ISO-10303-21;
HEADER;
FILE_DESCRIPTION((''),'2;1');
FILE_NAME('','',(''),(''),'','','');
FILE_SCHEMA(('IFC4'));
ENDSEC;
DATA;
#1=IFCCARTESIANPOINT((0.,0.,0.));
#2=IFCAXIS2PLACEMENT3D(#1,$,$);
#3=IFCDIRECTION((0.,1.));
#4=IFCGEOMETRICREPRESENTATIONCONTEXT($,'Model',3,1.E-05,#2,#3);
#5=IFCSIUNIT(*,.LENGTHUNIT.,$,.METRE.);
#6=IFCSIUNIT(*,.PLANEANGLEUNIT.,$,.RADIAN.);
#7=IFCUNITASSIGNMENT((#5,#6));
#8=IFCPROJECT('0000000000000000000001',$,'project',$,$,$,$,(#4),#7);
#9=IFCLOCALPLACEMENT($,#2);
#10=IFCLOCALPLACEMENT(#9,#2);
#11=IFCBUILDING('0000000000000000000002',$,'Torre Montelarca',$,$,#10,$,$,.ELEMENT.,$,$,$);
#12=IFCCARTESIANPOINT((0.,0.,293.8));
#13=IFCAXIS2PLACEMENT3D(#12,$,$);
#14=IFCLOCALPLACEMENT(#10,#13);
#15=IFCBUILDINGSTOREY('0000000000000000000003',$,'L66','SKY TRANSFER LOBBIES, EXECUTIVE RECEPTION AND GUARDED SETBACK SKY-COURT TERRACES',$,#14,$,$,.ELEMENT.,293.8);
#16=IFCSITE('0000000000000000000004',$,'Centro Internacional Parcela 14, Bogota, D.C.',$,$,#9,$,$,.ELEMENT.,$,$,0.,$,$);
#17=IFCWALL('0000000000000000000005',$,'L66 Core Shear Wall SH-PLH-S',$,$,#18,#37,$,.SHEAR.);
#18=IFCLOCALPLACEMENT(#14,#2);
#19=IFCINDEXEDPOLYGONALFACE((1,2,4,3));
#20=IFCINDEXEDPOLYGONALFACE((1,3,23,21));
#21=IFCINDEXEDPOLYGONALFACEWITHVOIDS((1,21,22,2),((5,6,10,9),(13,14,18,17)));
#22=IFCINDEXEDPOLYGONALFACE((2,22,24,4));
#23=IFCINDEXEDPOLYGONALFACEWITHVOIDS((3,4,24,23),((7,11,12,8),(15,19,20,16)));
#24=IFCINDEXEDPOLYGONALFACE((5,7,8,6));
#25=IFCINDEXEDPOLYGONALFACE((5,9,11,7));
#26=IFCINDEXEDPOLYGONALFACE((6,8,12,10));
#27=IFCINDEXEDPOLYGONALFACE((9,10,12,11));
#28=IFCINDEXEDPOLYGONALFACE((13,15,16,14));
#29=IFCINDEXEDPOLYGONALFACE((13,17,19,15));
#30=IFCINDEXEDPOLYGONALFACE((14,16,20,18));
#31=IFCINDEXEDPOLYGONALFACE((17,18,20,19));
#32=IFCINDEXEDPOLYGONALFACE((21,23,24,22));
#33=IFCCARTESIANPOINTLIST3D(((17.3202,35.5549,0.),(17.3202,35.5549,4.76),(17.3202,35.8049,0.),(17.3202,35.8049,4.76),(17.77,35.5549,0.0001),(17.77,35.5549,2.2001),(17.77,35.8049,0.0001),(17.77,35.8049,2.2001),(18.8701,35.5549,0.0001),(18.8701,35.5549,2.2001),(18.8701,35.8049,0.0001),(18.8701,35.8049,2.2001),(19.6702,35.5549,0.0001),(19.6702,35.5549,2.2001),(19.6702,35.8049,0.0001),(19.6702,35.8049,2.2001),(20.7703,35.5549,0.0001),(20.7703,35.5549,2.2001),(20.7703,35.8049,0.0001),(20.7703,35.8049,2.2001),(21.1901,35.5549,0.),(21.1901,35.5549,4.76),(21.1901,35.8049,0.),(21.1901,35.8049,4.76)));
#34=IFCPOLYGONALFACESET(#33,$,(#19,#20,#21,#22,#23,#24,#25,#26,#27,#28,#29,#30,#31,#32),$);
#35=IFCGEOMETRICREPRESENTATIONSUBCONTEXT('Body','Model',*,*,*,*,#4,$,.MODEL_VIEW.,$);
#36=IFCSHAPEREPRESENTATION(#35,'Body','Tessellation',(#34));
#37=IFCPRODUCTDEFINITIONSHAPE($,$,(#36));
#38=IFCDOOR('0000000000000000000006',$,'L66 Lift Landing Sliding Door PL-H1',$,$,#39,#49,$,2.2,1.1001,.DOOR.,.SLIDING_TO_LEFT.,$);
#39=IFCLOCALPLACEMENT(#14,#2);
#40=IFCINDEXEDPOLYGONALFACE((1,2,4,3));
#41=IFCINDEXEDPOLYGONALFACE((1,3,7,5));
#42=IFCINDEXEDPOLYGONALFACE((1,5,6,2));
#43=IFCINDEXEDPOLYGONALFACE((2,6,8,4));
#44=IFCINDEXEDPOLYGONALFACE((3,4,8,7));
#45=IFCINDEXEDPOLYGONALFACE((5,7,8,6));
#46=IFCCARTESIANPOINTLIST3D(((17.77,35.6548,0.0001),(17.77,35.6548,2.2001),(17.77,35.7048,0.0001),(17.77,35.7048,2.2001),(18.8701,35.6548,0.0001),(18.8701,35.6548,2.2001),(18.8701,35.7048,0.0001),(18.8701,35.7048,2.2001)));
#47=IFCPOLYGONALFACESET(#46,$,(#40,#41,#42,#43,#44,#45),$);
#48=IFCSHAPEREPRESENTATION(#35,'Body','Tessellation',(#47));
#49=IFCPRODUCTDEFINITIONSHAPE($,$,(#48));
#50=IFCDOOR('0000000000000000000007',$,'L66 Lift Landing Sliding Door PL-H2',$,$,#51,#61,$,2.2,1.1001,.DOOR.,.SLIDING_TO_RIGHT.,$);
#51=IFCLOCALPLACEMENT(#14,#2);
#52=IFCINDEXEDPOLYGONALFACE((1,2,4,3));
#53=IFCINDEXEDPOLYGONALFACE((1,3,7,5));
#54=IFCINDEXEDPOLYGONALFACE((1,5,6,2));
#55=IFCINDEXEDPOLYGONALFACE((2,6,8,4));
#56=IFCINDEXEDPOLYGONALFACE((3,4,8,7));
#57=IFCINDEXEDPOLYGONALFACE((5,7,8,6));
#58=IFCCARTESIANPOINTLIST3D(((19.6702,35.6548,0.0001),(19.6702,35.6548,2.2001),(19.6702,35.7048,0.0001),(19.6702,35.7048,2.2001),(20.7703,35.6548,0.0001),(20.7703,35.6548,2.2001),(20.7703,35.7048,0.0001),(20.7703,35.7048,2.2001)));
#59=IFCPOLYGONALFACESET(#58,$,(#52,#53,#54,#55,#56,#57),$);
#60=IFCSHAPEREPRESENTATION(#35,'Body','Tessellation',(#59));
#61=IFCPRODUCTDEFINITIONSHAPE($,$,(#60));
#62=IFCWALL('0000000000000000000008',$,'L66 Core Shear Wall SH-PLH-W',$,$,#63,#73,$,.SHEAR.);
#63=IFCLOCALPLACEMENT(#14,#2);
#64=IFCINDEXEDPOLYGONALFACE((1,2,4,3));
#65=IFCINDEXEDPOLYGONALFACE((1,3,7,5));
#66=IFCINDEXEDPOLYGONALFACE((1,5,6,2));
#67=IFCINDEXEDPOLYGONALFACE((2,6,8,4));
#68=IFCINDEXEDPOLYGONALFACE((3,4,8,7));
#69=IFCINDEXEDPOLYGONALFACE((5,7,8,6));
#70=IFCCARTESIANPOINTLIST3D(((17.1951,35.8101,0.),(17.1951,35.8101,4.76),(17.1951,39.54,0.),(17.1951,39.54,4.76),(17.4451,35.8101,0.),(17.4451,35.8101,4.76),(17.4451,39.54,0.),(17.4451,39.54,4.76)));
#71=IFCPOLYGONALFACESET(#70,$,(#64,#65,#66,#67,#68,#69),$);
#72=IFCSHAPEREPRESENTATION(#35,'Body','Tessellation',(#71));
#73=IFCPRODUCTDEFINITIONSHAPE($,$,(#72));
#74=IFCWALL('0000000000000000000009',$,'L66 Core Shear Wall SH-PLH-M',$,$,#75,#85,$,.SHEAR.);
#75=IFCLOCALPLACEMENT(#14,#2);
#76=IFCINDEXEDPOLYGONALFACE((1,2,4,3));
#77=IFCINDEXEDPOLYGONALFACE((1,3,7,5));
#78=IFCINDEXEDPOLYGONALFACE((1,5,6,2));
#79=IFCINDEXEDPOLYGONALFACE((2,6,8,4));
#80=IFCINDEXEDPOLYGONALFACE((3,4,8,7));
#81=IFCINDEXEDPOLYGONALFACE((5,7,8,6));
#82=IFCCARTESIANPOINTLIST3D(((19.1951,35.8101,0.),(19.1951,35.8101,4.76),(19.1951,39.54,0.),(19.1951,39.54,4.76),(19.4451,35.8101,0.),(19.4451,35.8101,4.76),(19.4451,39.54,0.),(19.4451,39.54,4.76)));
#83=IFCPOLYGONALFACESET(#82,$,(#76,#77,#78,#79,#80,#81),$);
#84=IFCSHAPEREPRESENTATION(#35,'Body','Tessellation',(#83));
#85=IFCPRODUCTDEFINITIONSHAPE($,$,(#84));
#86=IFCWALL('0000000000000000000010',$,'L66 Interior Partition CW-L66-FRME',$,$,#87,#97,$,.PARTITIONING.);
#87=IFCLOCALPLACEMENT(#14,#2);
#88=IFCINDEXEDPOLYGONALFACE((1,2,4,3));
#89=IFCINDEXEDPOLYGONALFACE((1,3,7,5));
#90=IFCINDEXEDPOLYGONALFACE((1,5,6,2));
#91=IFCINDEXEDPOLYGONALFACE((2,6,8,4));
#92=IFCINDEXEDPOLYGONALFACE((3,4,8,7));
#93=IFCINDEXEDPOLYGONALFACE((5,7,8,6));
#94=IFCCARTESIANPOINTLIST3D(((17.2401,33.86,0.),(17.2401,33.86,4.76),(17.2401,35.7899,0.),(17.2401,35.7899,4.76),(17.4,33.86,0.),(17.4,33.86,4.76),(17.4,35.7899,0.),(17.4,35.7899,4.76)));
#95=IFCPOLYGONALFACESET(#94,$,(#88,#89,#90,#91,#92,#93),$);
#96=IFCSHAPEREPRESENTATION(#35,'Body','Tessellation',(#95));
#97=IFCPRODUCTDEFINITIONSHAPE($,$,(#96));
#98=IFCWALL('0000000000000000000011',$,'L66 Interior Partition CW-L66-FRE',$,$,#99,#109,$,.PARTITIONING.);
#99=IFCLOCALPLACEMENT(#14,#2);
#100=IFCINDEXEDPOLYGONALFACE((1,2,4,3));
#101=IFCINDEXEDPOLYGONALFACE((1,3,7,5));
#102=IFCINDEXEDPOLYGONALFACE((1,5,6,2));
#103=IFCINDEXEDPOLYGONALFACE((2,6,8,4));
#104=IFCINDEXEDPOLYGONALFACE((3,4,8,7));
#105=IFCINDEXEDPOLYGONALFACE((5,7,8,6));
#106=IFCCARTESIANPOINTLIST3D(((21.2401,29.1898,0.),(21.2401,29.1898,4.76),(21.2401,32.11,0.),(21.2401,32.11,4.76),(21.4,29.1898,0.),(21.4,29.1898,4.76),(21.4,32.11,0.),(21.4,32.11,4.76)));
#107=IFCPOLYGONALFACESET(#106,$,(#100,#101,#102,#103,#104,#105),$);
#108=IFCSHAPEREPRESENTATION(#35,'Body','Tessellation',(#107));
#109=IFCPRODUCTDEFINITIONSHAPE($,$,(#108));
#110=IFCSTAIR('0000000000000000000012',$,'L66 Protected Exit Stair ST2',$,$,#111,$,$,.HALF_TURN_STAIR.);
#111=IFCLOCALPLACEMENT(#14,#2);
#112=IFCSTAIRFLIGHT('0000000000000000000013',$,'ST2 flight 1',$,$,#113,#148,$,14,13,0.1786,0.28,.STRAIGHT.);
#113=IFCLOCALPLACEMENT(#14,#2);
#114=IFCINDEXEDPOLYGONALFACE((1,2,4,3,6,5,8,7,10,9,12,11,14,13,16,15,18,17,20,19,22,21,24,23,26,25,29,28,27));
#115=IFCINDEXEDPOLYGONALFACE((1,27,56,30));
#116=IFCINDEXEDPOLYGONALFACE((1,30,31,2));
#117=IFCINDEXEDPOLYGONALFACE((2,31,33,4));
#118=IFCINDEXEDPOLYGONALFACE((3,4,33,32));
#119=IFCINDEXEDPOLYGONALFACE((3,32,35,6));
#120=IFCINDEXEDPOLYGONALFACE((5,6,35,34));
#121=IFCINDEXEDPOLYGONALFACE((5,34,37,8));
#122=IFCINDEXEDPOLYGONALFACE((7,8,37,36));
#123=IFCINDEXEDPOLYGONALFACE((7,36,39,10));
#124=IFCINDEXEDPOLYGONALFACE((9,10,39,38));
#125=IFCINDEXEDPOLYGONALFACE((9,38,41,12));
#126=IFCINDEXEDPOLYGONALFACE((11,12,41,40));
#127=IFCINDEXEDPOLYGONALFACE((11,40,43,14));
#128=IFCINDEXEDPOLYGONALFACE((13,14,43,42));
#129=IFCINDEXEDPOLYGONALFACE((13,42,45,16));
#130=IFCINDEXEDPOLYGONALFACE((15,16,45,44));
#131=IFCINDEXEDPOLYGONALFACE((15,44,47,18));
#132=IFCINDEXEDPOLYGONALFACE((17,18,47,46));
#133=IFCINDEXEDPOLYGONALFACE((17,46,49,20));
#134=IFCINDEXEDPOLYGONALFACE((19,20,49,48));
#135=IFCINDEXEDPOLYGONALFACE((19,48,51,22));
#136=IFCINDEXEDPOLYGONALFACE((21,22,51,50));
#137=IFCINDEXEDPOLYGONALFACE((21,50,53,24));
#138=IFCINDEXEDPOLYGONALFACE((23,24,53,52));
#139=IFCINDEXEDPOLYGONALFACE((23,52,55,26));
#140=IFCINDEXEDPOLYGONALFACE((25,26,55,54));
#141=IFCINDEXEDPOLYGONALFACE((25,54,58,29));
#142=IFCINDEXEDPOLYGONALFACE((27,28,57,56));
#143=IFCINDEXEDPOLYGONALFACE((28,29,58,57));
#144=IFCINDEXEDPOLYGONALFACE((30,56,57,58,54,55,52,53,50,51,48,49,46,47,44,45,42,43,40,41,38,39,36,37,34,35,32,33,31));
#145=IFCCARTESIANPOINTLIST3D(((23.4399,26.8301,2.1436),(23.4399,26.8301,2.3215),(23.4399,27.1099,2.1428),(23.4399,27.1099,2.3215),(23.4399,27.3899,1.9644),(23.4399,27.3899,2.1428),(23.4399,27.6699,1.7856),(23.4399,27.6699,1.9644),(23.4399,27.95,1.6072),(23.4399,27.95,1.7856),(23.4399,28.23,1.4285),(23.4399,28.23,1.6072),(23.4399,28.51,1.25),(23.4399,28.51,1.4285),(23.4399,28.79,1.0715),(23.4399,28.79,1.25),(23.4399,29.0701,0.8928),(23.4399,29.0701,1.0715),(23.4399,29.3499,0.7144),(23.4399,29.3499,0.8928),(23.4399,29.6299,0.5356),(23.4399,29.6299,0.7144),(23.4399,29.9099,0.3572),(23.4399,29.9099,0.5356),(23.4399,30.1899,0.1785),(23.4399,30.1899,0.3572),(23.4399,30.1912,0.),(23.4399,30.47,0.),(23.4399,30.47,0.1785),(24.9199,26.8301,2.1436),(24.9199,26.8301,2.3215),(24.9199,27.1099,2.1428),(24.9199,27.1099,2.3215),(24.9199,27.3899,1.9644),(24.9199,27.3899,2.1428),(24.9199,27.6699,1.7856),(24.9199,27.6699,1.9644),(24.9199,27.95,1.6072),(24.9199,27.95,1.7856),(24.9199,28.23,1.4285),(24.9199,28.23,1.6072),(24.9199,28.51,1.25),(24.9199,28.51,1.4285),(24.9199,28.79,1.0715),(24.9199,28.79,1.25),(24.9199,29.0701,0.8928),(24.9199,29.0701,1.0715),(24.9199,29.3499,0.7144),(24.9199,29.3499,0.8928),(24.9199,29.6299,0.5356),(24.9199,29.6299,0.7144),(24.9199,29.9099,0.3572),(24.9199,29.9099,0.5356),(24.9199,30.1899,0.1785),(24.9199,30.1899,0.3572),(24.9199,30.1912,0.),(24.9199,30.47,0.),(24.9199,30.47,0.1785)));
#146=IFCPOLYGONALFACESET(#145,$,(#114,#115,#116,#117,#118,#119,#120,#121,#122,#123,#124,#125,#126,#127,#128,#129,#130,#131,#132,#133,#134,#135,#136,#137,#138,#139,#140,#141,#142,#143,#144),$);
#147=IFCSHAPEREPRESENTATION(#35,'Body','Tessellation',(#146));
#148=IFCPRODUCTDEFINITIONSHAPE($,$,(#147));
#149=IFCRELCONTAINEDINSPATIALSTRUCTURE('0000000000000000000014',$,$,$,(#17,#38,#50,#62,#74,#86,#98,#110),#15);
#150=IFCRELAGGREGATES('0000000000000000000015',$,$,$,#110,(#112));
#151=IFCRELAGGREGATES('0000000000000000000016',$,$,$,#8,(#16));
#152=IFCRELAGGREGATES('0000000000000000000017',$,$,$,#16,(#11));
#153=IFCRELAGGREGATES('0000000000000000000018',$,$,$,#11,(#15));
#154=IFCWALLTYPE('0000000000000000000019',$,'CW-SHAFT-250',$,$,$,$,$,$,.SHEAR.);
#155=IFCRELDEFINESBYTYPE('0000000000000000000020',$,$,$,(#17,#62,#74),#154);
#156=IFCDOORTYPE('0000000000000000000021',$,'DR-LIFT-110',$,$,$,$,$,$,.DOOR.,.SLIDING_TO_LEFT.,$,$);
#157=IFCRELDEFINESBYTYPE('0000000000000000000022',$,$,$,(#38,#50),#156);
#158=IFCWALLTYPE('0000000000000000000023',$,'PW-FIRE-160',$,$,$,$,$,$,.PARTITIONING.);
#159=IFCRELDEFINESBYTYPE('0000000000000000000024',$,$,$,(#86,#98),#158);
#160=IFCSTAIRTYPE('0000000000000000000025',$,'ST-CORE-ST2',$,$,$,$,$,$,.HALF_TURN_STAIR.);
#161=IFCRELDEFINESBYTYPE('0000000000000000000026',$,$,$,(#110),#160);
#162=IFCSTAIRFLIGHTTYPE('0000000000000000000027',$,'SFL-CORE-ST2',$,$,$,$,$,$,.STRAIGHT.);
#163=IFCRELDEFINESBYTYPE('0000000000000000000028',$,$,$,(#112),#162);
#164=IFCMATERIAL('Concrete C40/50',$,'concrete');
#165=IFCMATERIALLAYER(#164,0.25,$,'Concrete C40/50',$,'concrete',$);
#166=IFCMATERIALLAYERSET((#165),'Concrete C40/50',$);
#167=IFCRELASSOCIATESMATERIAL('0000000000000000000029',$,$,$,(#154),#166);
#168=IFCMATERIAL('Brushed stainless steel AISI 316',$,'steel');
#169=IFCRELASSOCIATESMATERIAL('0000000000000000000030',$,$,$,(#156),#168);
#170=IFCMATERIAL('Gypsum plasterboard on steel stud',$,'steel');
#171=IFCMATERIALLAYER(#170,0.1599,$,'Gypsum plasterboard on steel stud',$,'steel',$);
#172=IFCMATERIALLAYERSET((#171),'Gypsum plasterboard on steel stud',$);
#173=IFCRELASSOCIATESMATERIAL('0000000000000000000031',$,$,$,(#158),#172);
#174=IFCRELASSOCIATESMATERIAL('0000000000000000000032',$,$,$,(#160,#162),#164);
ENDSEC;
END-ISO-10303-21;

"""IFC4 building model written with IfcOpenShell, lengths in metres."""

from ifc_helpers import new_model, si_unit, direction, frame, frame_2d, origin, place, context, subcontext, project, spatial, polyline, rectangle, outline, extrude, source, transform, mapped, material, layer, layer_set, type_object, element, fill, aggregate, save


model = new_model("IFC4")

# Units and contexts
model_context = context("Model", 3, precision=1e-05, world=origin(), true_north=direction((0.0, 1.0)))
body_context = subcontext(model_context, "Body", "Model", "MODEL_VIEW")
ifc_project = project(units=[si_unit("LENGTHUNIT", "METRE"), si_unit("PLANEANGLEUNIT", "RADIAN")], contexts=[model_context])

# Site, building, storey
site_placement = place(None, origin())
site = spatial("IfcSite", under=ifc_project, at=site_placement, Name="Centro Internacional Parcela 14, Bogota, D.C.", CompositionType="ELEMENT", RefElevation=0.0)
building_placement = place(site_placement, origin())
building = spatial("IfcBuilding", under=site, at=building_placement, Name="Torre Montelarca", CompositionType="ELEMENT")
storey_placement = place(building_placement, frame((0.0, 0.0, 293.8)))
storey = spatial("IfcBuildingStorey", under=building, at=storey_placement, Name="L66", Description="SKY TRANSFER LOBBIES, EXECUTIVE RECEPTION AND GUARDED SETBACK SKY-COURT TERRACES", CompositionType="ELEMENT", Elevation=293.8)

# Shared definitions
ifc_material_1 = material(Name="Concrete C40/50", Category="concrete")
ifc_layer_1 = layer(ifc_material_1, 0.25, Name="Concrete C40/50", Category="concrete")
ifc_layer_set_1 = layer_set([ifc_layer_1], Name="Concrete C40/50")
wall_type_1 = type_object("IfcWallType", Name="CW-SHAFT-250", PredefinedType="SHEAR", material=ifc_layer_set_1)

# Shared definitions
ifc_material_2 = material(Name="Brushed stainless steel AISI 316", Category="steel")

# Wall, openings, doors
wall_1_placement = place(storey_placement, frame((17.3201, 35.6799, 0.0), z_axis=(0.0, 0.0, 1.0), x_axis=(1.0, 0.0, 0.0)))
wall_1 = element("IfcWall", 1, at=wall_1_placement, inside=storey, type_object=wall_type_1, Name="L66 Core Shear Wall SH-PLH-S", PredefinedType="SHEAR", context=body_context, shape_type="SweptSolid", body=[
    extrude(rectangle(XDim=3.8699, YDim=0.25, at=frame_2d((1.9351, 0.0))), origin(), (0.0, 0.0, 1.0), 4.76),
])
opening_1_placement = place(wall_1_placement, frame((0.45, 0.0, 0.0)))
opening_1 = element("IfcOpeningElement", 2, at=opening_1_placement, cuts=wall_1, PredefinedType="OPENING", context=body_context, shape_type="SweptSolid", body=[
    extrude(rectangle(XDim=1.1001, YDim=2.2, at=frame_2d((0.55, 1.1001))), frame((0.0, 0.135, 0.0), z_axis=(0.0, -1.0, 0.0), x_axis=(1.0, 0.0, 0.0)), (0.0, 0.0, 1.0), 0.27),
])
opening_2_placement = place(wall_1_placement, frame((2.3501, 0.0, 0.0)))
opening_2 = element("IfcOpeningElement", 3, at=opening_2_placement, cuts=wall_1, PredefinedType="OPENING", context=body_context, shape_type="SweptSolid", body=[
    extrude(rectangle(XDim=1.1001, YDim=2.2, at=frame_2d((0.55, 1.1001))), frame((0.0, 0.135, 0.0), z_axis=(0.0, -1.0, 0.0), x_axis=(1.0, 0.0, 0.0)), (0.0, 0.0, 1.0), 0.27),
])
door_type_1 = type_object("IfcDoorType", Name="DR-LIFT-110", OperationType="SLIDING_TO_LEFT", PredefinedType="DOOR", material=ifc_material_2)
shared_shape_1 = source(origin(), body_context, "Body", "SweptSolid", [
    extrude(rectangle(XDim=1.1001, YDim=2.2, at=frame_2d((0.55, 1.1001))), frame((0.0, 0.0249, 0.0), z_axis=(0.0, -1.0, 0.0), x_axis=(1.0, 0.0, 0.0)), (0.0, 0.0, 1.0), 0.05),
])
door_1_placement = place(opening_1_placement, origin())
door_1 = element("IfcDoor", 4, at=door_1_placement, inside=storey, type_object=door_type_1, Name="L66 Lift Landing Sliding Door PL-H1", OperationType="SLIDING_TO_LEFT", OverallHeight=2.2, OverallWidth=1.1001, PredefinedType="DOOR", context=body_context, shape_type="MappedRepresentation", body=[
    mapped(shared_shape_1, transform((0.0, 0.0, 0.0), scale=1.0)),
])
fill(opening_1, door_1)
door_2_placement = place(opening_2_placement, origin())
door_2 = element("IfcDoor", 5, at=door_2_placement, inside=storey, type_object=door_type_1, Name="L66 Lift Landing Sliding Door PL-H2", OperationType="SLIDING_TO_RIGHT", OverallHeight=2.2, OverallWidth=1.1001, PredefinedType="DOOR", context=body_context, shape_type="MappedRepresentation", body=[
    mapped(shared_shape_1, transform((0.0, 0.0, 0.0), scale=1.0)),
])
fill(opening_2, door_2)

# Walls
for number, where, z_axis, x_axis, name in (
    (6, (17.3201, 35.8101, 0.0), (0.0, 0.0, 1.0), (0.0, 1.0, 0.0), "L66 Core Shear Wall SH-PLH-W"),
    (7, (19.3201, 35.8101, 0.0), (0.0, 0.0, 1.0), (0.0, 1.0, 0.0), "L66 Core Shear Wall SH-PLH-M"),
):
    element("IfcWall", number, at=place(storey_placement, frame(where, z_axis=z_axis, x_axis=x_axis)), inside=storey, type_object=wall_type_1, Name=name, PredefinedType="SHEAR", context=body_context, shape_type="SweptSolid", body=[
        extrude(rectangle(XDim=3.73, YDim=0.25, at=frame_2d((1.865, 0.0))), origin(), (0.0, 0.0, 1.0), 4.76),
    ])
ifc_material_3 = material(Name="Gypsum plasterboard on steel stud", Category="steel")
ifc_layer_2 = layer(ifc_material_3, 0.1599, Name="Gypsum plasterboard on steel stud", Category="steel")
ifc_layer_set_2 = layer_set([ifc_layer_2], Name="Gypsum plasterboard on steel stud")
wall_type_2 = type_object("IfcWallType", Name="PW-FIRE-160", PredefinedType="PARTITIONING", material=ifc_layer_set_2)
wall_2_placement = place(storey_placement, frame((17.3201, 33.8601, 0.0), z_axis=(0.0, 0.0, 1.0), x_axis=(0.0, 1.0, 0.0)))
element("IfcWall", 8, at=wall_2_placement, inside=storey, type_object=wall_type_2, Name="L66 Interior Partition CW-L66-FRME", PredefinedType="PARTITIONING", context=body_context, shape_type="SweptSolid", body=[
    extrude(rectangle(XDim=1.9299, YDim=0.1599, at=frame_2d((0.9648, 0.0))), origin(), (0.0, 0.0, 1.0), 4.76),
])
wall_3_placement = place(storey_placement, frame((21.3201, 29.1899, 0.0), z_axis=(0.0, 0.0, 1.0), x_axis=(0.0, 1.0, 0.0)))
element("IfcWall", 9, at=wall_3_placement, inside=storey, type_object=wall_type_2, Name="L66 Interior Partition CW-L66-FRE", PredefinedType="PARTITIONING", context=body_context, shape_type="SweptSolid", body=[
    extrude(rectangle(XDim=2.9202, YDim=0.1599, at=frame_2d((1.46, 0.0))), origin(), (0.0, 0.0, 1.0), 4.76),
])

# Stair, stair flight
stair_type = type_object("IfcStairType", Name="ST-CORE-ST2", PredefinedType="HALF_TURN_STAIR", material=ifc_material_1)
stair_placement = place(storey_placement, origin())
stair = element("IfcStair", 10, at=stair_placement, inside=storey, type_object=stair_type, Name="L66 Protected Exit Stair ST2", PredefinedType="HALF_TURN_STAIR")
stair_flight_type = type_object("IfcStairFlightType", Name="SFL-CORE-ST2", PredefinedType="STRAIGHT", material=ifc_material_1)
stair_flight_placement = place(storey_placement, frame((24.1799, 30.47, 0.0), z_axis=(0.0, 0.0, 1.0), x_axis=(0.0, -1.0, 0.0)))
stair_flight = element("IfcStairFlight", 11, at=stair_flight_placement, type_object=stair_flight_type, Name="ST2 flight 1", NumberOfRisers=14, NumberOfTreads=13, PredefinedType="STRAIGHT", RiserHeight=0.1786, TreadLength=0.28, context=body_context, shape_type="SweptSolid", body=[
    extrude(outline(polyline([(0.0, 0.0), (0.0, 0.1785), (0.28, 0.1785), (0.28, 0.3572), (0.5601, 0.3572), (0.5601, 0.5356), (0.8401, 0.5356), (0.8401, 0.7144), (1.1201, 0.7144), (1.1201, 0.8928), (1.3999, 0.8928), (1.3999, 1.0715), (1.6799, 1.0715), (1.6799, 1.25), (1.96, 1.25), (1.96, 1.4285), (2.24, 1.4285), (2.24, 1.6072), (2.52, 1.6072), (2.52, 1.7856), (2.8, 1.7856), (2.8, 1.9644), (3.0801, 1.9644), (3.0801, 2.1428), (3.3601, 2.1428), (3.3601, 2.3215), (3.6399, 2.3215), (3.6399, 2.5), (3.6399, 2.1436), (0.2788, 0.0), (0.0, 0.0)])), frame((0.0, 0.74, 0.0), z_axis=(0.0, -1.0, 0.0), x_axis=(1.0, 0.0, 0.0)), (0.0, 0.0, 1.0), 1.48),
])
aggregate(stair, [stair_flight])

save(model, "model.ifc")
